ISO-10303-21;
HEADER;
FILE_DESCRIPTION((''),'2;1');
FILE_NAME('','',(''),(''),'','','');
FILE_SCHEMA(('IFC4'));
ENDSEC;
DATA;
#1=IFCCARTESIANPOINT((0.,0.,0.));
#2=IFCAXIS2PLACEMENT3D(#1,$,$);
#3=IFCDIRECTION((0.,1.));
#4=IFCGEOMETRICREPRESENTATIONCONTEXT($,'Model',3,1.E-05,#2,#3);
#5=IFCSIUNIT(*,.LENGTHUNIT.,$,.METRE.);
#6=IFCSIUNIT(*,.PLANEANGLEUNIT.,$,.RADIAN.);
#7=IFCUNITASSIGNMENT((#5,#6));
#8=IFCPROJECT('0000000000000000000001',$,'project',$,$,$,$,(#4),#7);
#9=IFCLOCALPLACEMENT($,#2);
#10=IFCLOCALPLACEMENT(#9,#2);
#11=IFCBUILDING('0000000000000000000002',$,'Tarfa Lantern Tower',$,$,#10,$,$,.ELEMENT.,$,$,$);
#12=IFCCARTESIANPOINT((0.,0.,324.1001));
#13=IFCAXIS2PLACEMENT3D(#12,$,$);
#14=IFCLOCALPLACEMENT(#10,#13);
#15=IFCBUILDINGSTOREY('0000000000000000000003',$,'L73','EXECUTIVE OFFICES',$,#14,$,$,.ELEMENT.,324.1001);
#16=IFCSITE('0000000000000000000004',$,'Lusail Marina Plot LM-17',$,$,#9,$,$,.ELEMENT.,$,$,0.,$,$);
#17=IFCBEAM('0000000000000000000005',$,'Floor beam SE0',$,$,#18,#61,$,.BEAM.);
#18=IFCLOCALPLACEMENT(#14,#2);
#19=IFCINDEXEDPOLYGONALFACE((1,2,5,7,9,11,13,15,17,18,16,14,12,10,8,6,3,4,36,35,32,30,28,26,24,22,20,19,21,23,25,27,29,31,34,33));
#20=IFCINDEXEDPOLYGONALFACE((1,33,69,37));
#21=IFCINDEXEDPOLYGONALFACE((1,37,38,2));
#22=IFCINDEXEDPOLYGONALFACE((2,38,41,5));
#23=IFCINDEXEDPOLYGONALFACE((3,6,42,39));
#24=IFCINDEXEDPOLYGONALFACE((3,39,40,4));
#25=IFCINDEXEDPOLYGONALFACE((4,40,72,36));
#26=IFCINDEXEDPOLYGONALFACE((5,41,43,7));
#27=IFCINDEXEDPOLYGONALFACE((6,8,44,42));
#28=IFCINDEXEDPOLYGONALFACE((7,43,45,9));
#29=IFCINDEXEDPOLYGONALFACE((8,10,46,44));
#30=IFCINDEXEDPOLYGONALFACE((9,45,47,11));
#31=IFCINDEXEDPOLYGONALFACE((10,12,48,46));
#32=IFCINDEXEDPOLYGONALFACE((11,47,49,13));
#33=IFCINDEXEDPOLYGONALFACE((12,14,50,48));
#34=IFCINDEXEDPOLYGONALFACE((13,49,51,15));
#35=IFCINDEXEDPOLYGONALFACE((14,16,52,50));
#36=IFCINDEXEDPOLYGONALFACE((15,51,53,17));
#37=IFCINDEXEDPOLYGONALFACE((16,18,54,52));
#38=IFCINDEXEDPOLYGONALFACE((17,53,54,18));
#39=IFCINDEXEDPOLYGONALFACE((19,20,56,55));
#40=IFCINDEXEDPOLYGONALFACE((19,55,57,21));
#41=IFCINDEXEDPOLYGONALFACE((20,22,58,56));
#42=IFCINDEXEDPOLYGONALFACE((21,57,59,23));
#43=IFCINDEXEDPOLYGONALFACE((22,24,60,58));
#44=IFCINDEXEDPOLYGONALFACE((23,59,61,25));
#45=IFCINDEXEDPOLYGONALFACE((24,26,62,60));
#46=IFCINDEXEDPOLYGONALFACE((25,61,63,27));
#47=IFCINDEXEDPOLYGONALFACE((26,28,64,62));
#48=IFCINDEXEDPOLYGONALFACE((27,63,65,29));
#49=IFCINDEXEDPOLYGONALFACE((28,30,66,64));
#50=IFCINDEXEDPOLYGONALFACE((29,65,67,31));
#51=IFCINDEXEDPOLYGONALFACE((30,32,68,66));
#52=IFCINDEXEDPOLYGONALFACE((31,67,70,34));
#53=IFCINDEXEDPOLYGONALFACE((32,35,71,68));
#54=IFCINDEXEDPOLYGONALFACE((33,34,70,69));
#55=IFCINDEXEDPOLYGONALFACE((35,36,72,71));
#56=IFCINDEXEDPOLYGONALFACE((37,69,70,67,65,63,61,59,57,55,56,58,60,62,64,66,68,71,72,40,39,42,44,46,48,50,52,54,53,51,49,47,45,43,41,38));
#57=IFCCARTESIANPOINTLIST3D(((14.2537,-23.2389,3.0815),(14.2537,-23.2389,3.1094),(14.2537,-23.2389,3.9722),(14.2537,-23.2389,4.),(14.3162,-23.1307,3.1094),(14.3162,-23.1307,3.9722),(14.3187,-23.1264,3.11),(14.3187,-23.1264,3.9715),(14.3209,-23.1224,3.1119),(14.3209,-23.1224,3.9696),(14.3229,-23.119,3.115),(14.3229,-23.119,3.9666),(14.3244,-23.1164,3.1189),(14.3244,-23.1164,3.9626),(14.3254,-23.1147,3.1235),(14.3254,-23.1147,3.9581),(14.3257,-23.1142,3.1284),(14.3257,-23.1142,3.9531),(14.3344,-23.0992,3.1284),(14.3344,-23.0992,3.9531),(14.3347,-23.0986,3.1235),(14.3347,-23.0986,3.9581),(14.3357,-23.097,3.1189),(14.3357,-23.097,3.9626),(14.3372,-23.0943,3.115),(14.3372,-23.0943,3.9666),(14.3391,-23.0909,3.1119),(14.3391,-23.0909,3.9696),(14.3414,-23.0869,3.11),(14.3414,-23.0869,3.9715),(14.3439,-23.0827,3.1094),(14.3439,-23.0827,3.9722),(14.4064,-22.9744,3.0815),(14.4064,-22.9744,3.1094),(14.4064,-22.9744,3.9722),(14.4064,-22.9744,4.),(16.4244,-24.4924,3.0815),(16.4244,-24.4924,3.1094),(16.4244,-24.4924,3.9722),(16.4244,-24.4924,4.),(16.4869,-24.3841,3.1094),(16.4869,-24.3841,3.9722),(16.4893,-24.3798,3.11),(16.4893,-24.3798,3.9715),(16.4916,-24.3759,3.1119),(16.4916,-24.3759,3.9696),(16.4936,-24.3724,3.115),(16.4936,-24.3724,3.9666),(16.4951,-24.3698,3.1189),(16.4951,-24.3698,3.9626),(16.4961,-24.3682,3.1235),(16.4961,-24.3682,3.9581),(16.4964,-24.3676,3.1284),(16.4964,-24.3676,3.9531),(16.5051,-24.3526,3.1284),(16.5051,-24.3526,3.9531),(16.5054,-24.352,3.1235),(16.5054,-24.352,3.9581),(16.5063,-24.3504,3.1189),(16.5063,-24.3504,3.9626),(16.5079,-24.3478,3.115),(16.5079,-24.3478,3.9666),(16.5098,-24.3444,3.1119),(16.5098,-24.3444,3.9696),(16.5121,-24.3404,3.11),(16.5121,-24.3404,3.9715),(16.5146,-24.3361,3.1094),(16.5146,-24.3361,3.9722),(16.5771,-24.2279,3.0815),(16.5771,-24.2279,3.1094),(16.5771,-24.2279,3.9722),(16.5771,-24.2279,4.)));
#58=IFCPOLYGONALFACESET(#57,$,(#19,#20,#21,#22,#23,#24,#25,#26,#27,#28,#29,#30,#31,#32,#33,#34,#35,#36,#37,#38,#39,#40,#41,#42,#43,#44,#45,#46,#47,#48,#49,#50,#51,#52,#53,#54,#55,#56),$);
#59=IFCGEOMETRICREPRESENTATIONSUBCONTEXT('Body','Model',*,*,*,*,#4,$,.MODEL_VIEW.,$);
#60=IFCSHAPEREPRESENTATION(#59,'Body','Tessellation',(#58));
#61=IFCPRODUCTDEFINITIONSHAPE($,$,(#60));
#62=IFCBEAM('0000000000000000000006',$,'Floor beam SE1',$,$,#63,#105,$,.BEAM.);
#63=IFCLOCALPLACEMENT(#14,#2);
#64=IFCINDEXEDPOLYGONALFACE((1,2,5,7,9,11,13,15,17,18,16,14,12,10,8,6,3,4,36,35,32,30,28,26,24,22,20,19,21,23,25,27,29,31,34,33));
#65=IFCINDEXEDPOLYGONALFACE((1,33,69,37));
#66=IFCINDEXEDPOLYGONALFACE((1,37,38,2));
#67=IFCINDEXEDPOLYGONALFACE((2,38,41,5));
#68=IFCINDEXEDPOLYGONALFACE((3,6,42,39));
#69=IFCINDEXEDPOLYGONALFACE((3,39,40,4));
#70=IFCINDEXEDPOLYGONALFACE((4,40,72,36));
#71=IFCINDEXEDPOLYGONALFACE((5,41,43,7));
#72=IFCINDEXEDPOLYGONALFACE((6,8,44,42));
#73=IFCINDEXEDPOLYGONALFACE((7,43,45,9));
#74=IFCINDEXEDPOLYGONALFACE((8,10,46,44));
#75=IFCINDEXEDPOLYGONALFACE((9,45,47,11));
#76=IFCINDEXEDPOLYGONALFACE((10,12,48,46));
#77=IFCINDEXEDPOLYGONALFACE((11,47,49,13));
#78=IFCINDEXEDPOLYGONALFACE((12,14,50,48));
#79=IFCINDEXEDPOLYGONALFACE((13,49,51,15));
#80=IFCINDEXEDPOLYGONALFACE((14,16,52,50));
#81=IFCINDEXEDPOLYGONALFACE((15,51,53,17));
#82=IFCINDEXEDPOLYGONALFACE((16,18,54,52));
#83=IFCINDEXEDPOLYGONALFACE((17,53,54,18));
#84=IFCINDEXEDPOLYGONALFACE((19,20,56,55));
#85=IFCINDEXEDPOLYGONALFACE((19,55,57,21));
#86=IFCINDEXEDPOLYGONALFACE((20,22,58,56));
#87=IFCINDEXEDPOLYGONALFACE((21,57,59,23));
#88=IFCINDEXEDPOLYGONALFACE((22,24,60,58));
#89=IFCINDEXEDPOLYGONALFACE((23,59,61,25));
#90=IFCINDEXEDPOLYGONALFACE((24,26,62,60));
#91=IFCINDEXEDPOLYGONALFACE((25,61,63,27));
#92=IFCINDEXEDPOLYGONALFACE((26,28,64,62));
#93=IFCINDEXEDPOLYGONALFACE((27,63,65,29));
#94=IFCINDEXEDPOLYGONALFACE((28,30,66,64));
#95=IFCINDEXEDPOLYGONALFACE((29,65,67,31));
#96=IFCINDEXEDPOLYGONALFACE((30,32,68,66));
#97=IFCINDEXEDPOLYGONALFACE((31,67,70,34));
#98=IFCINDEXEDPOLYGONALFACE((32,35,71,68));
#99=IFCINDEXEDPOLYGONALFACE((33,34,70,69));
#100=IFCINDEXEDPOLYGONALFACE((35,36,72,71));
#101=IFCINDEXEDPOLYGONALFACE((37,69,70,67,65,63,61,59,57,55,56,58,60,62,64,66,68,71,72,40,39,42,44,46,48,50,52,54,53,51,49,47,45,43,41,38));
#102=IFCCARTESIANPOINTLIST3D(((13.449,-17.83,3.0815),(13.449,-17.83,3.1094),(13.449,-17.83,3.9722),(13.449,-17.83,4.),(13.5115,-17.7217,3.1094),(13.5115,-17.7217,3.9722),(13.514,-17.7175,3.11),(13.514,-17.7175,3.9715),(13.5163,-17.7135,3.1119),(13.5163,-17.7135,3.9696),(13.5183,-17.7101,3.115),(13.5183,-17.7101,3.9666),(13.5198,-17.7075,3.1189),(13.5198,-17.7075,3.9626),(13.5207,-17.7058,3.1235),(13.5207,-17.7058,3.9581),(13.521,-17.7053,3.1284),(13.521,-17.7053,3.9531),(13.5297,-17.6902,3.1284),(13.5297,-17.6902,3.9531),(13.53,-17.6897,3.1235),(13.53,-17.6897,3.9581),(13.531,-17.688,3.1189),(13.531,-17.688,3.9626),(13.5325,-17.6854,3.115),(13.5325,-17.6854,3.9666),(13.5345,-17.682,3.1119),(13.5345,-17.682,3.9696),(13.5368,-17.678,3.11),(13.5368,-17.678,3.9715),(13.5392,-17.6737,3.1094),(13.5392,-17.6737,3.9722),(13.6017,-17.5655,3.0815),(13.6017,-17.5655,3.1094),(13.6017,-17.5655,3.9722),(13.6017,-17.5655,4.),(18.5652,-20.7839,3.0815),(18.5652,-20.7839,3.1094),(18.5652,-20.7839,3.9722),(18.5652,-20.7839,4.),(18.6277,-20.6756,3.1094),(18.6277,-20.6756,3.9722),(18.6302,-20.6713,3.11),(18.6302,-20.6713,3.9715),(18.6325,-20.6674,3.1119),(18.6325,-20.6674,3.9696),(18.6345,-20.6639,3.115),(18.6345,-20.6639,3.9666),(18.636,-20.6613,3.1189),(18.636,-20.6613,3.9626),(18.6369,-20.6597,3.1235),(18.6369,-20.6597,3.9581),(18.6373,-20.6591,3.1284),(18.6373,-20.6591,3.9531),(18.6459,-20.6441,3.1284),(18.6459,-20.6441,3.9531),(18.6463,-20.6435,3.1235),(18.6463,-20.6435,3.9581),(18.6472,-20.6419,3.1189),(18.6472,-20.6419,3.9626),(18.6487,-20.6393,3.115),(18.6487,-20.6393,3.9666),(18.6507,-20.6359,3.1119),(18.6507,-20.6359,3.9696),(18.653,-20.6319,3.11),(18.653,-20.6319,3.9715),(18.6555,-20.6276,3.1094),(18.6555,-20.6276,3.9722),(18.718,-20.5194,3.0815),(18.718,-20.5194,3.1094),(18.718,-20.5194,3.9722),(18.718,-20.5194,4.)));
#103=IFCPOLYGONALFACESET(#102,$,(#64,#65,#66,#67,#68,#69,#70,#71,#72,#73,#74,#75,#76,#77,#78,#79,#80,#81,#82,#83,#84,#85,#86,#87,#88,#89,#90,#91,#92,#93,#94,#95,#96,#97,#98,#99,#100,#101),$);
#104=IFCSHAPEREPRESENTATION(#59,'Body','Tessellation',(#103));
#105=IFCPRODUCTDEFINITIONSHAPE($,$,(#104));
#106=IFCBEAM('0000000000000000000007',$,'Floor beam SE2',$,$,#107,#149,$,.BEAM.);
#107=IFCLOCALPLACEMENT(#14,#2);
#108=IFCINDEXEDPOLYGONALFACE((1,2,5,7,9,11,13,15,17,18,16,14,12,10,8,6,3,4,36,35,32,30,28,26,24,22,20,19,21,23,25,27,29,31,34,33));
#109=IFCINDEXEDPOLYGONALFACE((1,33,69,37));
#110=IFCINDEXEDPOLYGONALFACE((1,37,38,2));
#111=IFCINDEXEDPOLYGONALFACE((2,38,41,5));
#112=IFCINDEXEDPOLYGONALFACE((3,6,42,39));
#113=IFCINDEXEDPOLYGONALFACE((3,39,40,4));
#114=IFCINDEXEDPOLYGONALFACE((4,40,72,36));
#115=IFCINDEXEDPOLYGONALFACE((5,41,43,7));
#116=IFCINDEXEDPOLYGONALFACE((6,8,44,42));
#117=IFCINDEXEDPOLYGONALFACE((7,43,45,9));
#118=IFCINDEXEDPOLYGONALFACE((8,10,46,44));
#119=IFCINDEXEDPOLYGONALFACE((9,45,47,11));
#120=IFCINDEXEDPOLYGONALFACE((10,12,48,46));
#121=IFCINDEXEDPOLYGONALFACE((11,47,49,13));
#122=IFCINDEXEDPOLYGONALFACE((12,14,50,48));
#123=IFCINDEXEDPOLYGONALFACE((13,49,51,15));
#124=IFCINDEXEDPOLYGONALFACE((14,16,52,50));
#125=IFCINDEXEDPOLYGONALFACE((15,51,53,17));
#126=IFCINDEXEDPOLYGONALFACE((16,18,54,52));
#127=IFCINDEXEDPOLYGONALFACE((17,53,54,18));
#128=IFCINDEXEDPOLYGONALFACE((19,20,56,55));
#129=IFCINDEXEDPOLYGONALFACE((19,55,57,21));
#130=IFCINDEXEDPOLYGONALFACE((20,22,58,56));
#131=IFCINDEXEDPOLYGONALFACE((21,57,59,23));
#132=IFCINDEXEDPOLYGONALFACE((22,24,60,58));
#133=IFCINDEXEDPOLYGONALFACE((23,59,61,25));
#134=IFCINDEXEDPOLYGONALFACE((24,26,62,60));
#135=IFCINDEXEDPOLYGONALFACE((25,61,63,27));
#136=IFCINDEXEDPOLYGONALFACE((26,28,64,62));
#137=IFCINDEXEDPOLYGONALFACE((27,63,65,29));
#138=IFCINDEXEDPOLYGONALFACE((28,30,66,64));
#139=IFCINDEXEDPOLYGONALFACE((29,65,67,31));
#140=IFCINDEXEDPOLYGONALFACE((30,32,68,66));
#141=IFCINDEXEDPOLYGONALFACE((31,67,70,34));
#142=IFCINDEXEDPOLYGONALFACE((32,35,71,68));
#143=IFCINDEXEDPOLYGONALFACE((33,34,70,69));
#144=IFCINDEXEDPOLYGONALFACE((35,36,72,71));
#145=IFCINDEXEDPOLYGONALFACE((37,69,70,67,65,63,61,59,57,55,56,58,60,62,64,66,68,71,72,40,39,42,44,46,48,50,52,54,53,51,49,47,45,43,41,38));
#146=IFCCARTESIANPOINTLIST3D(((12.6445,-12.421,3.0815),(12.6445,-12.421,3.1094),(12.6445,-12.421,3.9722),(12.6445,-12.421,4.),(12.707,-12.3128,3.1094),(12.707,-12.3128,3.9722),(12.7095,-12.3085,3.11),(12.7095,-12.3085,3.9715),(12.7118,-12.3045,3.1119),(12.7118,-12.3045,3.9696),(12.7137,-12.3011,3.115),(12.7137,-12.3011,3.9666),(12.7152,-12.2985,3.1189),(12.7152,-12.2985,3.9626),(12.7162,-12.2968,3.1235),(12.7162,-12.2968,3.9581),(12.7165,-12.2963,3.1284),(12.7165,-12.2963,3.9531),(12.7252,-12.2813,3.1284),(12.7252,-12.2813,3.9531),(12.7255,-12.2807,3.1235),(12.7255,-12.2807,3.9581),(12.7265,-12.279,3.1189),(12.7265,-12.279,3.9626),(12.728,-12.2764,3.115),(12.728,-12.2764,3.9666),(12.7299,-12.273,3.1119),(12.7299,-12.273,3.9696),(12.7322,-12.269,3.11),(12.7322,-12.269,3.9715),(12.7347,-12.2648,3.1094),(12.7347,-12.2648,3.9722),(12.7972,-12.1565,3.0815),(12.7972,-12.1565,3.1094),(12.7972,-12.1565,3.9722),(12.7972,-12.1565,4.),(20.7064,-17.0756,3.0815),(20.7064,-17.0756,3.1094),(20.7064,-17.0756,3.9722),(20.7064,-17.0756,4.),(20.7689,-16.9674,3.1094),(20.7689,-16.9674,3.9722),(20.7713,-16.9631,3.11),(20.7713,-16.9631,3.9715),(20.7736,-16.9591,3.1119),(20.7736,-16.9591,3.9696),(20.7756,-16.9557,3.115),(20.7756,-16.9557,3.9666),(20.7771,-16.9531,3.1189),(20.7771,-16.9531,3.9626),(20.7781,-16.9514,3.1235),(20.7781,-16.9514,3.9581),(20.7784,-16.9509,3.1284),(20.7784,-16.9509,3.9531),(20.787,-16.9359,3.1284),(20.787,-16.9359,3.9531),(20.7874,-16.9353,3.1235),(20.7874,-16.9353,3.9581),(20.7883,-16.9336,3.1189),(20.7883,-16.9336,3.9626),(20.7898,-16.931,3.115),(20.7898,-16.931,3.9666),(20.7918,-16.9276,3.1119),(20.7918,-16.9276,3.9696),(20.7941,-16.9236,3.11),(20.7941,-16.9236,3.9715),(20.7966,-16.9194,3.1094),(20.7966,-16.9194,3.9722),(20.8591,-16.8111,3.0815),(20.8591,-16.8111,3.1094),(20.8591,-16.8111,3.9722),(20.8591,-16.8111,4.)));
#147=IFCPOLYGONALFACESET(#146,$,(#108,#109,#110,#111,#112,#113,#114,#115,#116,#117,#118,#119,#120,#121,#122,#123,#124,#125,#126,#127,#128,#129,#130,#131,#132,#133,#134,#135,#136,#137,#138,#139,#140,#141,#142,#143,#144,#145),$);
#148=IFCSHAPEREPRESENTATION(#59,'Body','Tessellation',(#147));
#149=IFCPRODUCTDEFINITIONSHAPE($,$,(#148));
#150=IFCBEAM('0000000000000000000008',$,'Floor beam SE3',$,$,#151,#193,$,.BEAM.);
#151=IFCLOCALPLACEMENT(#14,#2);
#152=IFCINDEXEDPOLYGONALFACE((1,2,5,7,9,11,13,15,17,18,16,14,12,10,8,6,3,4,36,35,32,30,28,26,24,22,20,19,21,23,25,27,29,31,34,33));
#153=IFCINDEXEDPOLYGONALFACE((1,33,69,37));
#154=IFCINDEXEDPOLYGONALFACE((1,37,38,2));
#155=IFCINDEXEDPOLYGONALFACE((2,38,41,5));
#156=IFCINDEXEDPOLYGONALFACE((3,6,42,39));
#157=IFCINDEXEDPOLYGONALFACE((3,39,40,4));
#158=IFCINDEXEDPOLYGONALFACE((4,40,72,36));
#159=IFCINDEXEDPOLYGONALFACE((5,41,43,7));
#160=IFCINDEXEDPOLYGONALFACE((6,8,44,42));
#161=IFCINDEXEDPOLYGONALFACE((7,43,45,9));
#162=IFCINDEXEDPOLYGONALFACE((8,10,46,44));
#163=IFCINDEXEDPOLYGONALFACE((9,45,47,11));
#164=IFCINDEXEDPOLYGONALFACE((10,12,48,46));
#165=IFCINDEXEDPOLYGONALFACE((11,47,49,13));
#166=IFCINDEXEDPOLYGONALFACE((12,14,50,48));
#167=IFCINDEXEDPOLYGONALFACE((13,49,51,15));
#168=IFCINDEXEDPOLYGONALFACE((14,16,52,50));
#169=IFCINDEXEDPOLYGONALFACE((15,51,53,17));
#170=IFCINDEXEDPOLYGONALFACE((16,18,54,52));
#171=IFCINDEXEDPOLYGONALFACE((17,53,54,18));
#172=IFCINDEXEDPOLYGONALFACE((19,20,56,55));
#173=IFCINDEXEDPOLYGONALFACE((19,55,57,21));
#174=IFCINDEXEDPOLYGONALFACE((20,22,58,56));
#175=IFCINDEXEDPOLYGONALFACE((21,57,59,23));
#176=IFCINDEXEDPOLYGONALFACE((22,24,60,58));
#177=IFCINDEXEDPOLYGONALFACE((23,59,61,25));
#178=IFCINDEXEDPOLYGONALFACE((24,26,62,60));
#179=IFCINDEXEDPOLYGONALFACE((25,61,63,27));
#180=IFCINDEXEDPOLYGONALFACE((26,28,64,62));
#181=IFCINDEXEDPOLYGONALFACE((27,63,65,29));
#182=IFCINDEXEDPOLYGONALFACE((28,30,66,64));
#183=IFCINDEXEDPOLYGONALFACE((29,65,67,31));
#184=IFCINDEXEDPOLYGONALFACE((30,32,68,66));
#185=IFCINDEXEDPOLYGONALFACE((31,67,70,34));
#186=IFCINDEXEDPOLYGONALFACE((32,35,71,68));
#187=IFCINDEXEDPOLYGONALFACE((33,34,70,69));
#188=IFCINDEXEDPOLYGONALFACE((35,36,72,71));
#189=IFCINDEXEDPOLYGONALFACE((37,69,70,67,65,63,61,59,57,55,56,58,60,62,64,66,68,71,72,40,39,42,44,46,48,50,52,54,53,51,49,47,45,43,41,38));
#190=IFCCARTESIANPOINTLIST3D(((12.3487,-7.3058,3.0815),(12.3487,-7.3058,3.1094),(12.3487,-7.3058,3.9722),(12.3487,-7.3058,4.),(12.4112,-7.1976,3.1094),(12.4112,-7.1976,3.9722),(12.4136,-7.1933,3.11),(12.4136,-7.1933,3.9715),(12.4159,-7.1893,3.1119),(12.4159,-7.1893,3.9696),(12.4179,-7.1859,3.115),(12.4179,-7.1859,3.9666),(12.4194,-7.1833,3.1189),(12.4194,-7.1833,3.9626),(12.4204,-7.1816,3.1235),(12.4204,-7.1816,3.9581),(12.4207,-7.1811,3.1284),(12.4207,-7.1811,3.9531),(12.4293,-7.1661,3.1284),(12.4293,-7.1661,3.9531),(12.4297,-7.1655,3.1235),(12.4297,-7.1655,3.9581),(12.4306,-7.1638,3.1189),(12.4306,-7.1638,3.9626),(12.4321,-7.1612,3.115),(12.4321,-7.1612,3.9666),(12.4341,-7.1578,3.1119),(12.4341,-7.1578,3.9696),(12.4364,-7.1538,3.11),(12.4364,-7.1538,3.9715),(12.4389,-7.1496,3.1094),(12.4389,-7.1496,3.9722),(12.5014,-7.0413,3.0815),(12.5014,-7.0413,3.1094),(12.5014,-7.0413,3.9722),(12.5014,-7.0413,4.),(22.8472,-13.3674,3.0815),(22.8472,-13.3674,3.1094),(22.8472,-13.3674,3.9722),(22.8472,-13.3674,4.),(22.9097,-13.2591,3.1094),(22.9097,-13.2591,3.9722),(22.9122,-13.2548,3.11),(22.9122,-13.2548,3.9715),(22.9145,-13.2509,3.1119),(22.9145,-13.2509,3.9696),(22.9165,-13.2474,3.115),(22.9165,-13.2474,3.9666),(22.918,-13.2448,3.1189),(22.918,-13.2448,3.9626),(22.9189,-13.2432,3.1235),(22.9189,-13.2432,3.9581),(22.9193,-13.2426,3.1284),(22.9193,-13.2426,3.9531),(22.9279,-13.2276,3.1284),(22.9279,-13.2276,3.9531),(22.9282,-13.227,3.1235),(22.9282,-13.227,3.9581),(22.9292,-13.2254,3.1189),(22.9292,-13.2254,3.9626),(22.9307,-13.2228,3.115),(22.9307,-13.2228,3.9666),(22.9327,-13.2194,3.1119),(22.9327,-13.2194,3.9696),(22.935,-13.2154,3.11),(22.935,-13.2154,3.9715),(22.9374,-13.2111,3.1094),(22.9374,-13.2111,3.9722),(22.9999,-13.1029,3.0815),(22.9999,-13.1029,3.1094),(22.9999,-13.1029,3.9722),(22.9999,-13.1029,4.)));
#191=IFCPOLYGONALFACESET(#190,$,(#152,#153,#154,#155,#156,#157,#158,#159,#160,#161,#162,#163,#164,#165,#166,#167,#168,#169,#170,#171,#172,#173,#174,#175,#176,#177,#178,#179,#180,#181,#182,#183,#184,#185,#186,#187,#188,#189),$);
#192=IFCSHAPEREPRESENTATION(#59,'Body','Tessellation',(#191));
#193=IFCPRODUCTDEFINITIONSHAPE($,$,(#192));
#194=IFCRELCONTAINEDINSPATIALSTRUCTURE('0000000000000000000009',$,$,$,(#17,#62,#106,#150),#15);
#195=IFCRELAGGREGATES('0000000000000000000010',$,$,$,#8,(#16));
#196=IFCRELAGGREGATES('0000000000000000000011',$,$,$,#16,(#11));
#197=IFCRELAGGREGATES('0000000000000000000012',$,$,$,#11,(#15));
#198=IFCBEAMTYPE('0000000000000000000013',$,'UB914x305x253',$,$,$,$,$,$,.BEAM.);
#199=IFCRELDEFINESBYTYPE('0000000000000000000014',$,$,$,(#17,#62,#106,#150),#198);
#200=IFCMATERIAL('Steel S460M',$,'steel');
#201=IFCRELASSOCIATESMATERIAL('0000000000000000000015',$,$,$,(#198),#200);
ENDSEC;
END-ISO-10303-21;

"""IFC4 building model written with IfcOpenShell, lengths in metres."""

from ifc_helpers import new_model, si_unit, direction, frame, origin, origin_2d, place, context, subcontext, project, spatial, i_section, extrude, material, material_profile, profile_set, type_object, element, save


model = new_model("IFC4")

# Units and contexts
model_context = context("Model", 3, precision=1e-05, world=origin(), true_north=direction((0.0, 1.0)))
body_context = subcontext(model_context, "Body", "Model", "MODEL_VIEW")
ifc_project = project(units=[si_unit("LENGTHUNIT", "METRE"), si_unit("PLANEANGLEUNIT", "RADIAN")], contexts=[model_context])

# Site, building, storey
site_placement = place(None, origin())
site = spatial("IfcSite", under=ifc_project, at=site_placement, Name="Lusail Marina Plot LM-17", CompositionType="ELEMENT", RefElevation=0.0)
building_placement = place(site_placement, origin())
building = spatial("IfcBuilding", under=site, at=building_placement, Name="Tarfa Lantern Tower", CompositionType="ELEMENT")
storey_placement = place(building_placement, frame((0.0, 0.0, 324.1001)))
storey = spatial("IfcBuildingStorey", under=building, at=storey_placement, Name="L73", Description="EXECUTIVE OFFICES", CompositionType="ELEMENT", Elevation=324.1001)

# Beams
ifc_material_1 = material(Name="Steel S460M", Category="steel")
ifc_material_profile_1 = material_profile(ifc_material_1, i_section(OverallWidth=0.3054, OverallDepth=0.9185, WebThickness=0.0173, FlangeThickness=0.0278, FilletRadius=0.019, at=origin_2d()), Name="UB914x305x253")
ifc_profile_set_1 = profile_set([ifc_material_profile_1], Name="Steel S460M")
beam_type_1 = type_object("IfcBeamType", Name="UB914x305x253", PredefinedType="BEAM", material=ifc_profile_set_1)
beam_1_placement = place(storey_placement, frame((16.5007, -24.3601, 3.5408), z_axis=(-0.865993, 0.500057, 0.0), x_axis=(-0.500057, -0.865993, 0.0)))
element("IfcBeam", 1, at=beam_1_placement, inside=storey, type_object=beam_type_1, Name="Floor beam SE0", PredefinedType="BEAM", context=body_context, shape_type="SweptSolid", body=[
    extrude(i_section(OverallWidth=0.3054, OverallDepth=0.9185, WebThickness=0.0173, FlangeThickness=0.0278, FilletRadius=0.019, at=origin_2d()), origin(), (0.0, 0.0, 1.0), 2.5066),
])
beam_2_placement = place(storey_placement, frame((18.6416, -20.6516, 3.5408), z_axis=(-0.866025, 0.500001, 0.0), x_axis=(-0.500001, -0.866025, 0.0)))
element("IfcBeam", 2, at=beam_2_placement, inside=storey, type_object=beam_type_1, Name="Floor beam SE1", PredefinedType="BEAM", context=body_context, shape_type="SweptSolid", body=[
    extrude(i_section(OverallWidth=0.3054, OverallDepth=0.9185, WebThickness=0.0173, FlangeThickness=0.0278, FilletRadius=0.019, at=origin_2d()), origin(), (0.0, 0.0, 1.0), 5.9077),
])
beam_3_placement = place(storey_placement, frame((20.7827, -16.9434, 3.5408), z_axis=(-0.866022, 0.500006, 0.0), x_axis=(-0.500006, -0.866022, 0.0)))
element("IfcBeam", 3, at=beam_3_placement, inside=storey, type_object=beam_type_1, Name="Floor beam SE2", PredefinedType="BEAM", context=body_context, shape_type="SweptSolid", body=[
    extrude(i_section(OverallWidth=0.3054, OverallDepth=0.9185, WebThickness=0.0173, FlangeThickness=0.0278, FilletRadius=0.019, at=origin_2d()), origin(), (0.0, 0.0, 1.0), 9.3091),
])
beam_4_placement = place(storey_placement, frame((22.9236, -13.2351, 3.5408), z_axis=(-0.866019, 0.500012, 0.0), x_axis=(-0.500012, -0.866019, 0.0)))
element("IfcBeam", 4, at=beam_4_placement, inside=storey, type_object=beam_type_1, Name="Floor beam SE3", PredefinedType="BEAM", context=body_context, shape_type="SweptSolid", body=[
    extrude(i_section(OverallWidth=0.3054, OverallDepth=0.9185, WebThickness=0.0173, FlangeThickness=0.0278, FilletRadius=0.019, at=origin_2d()), origin(), (0.0, 0.0, 1.0), 12.1228),
])

save(model, "model.ifc")
